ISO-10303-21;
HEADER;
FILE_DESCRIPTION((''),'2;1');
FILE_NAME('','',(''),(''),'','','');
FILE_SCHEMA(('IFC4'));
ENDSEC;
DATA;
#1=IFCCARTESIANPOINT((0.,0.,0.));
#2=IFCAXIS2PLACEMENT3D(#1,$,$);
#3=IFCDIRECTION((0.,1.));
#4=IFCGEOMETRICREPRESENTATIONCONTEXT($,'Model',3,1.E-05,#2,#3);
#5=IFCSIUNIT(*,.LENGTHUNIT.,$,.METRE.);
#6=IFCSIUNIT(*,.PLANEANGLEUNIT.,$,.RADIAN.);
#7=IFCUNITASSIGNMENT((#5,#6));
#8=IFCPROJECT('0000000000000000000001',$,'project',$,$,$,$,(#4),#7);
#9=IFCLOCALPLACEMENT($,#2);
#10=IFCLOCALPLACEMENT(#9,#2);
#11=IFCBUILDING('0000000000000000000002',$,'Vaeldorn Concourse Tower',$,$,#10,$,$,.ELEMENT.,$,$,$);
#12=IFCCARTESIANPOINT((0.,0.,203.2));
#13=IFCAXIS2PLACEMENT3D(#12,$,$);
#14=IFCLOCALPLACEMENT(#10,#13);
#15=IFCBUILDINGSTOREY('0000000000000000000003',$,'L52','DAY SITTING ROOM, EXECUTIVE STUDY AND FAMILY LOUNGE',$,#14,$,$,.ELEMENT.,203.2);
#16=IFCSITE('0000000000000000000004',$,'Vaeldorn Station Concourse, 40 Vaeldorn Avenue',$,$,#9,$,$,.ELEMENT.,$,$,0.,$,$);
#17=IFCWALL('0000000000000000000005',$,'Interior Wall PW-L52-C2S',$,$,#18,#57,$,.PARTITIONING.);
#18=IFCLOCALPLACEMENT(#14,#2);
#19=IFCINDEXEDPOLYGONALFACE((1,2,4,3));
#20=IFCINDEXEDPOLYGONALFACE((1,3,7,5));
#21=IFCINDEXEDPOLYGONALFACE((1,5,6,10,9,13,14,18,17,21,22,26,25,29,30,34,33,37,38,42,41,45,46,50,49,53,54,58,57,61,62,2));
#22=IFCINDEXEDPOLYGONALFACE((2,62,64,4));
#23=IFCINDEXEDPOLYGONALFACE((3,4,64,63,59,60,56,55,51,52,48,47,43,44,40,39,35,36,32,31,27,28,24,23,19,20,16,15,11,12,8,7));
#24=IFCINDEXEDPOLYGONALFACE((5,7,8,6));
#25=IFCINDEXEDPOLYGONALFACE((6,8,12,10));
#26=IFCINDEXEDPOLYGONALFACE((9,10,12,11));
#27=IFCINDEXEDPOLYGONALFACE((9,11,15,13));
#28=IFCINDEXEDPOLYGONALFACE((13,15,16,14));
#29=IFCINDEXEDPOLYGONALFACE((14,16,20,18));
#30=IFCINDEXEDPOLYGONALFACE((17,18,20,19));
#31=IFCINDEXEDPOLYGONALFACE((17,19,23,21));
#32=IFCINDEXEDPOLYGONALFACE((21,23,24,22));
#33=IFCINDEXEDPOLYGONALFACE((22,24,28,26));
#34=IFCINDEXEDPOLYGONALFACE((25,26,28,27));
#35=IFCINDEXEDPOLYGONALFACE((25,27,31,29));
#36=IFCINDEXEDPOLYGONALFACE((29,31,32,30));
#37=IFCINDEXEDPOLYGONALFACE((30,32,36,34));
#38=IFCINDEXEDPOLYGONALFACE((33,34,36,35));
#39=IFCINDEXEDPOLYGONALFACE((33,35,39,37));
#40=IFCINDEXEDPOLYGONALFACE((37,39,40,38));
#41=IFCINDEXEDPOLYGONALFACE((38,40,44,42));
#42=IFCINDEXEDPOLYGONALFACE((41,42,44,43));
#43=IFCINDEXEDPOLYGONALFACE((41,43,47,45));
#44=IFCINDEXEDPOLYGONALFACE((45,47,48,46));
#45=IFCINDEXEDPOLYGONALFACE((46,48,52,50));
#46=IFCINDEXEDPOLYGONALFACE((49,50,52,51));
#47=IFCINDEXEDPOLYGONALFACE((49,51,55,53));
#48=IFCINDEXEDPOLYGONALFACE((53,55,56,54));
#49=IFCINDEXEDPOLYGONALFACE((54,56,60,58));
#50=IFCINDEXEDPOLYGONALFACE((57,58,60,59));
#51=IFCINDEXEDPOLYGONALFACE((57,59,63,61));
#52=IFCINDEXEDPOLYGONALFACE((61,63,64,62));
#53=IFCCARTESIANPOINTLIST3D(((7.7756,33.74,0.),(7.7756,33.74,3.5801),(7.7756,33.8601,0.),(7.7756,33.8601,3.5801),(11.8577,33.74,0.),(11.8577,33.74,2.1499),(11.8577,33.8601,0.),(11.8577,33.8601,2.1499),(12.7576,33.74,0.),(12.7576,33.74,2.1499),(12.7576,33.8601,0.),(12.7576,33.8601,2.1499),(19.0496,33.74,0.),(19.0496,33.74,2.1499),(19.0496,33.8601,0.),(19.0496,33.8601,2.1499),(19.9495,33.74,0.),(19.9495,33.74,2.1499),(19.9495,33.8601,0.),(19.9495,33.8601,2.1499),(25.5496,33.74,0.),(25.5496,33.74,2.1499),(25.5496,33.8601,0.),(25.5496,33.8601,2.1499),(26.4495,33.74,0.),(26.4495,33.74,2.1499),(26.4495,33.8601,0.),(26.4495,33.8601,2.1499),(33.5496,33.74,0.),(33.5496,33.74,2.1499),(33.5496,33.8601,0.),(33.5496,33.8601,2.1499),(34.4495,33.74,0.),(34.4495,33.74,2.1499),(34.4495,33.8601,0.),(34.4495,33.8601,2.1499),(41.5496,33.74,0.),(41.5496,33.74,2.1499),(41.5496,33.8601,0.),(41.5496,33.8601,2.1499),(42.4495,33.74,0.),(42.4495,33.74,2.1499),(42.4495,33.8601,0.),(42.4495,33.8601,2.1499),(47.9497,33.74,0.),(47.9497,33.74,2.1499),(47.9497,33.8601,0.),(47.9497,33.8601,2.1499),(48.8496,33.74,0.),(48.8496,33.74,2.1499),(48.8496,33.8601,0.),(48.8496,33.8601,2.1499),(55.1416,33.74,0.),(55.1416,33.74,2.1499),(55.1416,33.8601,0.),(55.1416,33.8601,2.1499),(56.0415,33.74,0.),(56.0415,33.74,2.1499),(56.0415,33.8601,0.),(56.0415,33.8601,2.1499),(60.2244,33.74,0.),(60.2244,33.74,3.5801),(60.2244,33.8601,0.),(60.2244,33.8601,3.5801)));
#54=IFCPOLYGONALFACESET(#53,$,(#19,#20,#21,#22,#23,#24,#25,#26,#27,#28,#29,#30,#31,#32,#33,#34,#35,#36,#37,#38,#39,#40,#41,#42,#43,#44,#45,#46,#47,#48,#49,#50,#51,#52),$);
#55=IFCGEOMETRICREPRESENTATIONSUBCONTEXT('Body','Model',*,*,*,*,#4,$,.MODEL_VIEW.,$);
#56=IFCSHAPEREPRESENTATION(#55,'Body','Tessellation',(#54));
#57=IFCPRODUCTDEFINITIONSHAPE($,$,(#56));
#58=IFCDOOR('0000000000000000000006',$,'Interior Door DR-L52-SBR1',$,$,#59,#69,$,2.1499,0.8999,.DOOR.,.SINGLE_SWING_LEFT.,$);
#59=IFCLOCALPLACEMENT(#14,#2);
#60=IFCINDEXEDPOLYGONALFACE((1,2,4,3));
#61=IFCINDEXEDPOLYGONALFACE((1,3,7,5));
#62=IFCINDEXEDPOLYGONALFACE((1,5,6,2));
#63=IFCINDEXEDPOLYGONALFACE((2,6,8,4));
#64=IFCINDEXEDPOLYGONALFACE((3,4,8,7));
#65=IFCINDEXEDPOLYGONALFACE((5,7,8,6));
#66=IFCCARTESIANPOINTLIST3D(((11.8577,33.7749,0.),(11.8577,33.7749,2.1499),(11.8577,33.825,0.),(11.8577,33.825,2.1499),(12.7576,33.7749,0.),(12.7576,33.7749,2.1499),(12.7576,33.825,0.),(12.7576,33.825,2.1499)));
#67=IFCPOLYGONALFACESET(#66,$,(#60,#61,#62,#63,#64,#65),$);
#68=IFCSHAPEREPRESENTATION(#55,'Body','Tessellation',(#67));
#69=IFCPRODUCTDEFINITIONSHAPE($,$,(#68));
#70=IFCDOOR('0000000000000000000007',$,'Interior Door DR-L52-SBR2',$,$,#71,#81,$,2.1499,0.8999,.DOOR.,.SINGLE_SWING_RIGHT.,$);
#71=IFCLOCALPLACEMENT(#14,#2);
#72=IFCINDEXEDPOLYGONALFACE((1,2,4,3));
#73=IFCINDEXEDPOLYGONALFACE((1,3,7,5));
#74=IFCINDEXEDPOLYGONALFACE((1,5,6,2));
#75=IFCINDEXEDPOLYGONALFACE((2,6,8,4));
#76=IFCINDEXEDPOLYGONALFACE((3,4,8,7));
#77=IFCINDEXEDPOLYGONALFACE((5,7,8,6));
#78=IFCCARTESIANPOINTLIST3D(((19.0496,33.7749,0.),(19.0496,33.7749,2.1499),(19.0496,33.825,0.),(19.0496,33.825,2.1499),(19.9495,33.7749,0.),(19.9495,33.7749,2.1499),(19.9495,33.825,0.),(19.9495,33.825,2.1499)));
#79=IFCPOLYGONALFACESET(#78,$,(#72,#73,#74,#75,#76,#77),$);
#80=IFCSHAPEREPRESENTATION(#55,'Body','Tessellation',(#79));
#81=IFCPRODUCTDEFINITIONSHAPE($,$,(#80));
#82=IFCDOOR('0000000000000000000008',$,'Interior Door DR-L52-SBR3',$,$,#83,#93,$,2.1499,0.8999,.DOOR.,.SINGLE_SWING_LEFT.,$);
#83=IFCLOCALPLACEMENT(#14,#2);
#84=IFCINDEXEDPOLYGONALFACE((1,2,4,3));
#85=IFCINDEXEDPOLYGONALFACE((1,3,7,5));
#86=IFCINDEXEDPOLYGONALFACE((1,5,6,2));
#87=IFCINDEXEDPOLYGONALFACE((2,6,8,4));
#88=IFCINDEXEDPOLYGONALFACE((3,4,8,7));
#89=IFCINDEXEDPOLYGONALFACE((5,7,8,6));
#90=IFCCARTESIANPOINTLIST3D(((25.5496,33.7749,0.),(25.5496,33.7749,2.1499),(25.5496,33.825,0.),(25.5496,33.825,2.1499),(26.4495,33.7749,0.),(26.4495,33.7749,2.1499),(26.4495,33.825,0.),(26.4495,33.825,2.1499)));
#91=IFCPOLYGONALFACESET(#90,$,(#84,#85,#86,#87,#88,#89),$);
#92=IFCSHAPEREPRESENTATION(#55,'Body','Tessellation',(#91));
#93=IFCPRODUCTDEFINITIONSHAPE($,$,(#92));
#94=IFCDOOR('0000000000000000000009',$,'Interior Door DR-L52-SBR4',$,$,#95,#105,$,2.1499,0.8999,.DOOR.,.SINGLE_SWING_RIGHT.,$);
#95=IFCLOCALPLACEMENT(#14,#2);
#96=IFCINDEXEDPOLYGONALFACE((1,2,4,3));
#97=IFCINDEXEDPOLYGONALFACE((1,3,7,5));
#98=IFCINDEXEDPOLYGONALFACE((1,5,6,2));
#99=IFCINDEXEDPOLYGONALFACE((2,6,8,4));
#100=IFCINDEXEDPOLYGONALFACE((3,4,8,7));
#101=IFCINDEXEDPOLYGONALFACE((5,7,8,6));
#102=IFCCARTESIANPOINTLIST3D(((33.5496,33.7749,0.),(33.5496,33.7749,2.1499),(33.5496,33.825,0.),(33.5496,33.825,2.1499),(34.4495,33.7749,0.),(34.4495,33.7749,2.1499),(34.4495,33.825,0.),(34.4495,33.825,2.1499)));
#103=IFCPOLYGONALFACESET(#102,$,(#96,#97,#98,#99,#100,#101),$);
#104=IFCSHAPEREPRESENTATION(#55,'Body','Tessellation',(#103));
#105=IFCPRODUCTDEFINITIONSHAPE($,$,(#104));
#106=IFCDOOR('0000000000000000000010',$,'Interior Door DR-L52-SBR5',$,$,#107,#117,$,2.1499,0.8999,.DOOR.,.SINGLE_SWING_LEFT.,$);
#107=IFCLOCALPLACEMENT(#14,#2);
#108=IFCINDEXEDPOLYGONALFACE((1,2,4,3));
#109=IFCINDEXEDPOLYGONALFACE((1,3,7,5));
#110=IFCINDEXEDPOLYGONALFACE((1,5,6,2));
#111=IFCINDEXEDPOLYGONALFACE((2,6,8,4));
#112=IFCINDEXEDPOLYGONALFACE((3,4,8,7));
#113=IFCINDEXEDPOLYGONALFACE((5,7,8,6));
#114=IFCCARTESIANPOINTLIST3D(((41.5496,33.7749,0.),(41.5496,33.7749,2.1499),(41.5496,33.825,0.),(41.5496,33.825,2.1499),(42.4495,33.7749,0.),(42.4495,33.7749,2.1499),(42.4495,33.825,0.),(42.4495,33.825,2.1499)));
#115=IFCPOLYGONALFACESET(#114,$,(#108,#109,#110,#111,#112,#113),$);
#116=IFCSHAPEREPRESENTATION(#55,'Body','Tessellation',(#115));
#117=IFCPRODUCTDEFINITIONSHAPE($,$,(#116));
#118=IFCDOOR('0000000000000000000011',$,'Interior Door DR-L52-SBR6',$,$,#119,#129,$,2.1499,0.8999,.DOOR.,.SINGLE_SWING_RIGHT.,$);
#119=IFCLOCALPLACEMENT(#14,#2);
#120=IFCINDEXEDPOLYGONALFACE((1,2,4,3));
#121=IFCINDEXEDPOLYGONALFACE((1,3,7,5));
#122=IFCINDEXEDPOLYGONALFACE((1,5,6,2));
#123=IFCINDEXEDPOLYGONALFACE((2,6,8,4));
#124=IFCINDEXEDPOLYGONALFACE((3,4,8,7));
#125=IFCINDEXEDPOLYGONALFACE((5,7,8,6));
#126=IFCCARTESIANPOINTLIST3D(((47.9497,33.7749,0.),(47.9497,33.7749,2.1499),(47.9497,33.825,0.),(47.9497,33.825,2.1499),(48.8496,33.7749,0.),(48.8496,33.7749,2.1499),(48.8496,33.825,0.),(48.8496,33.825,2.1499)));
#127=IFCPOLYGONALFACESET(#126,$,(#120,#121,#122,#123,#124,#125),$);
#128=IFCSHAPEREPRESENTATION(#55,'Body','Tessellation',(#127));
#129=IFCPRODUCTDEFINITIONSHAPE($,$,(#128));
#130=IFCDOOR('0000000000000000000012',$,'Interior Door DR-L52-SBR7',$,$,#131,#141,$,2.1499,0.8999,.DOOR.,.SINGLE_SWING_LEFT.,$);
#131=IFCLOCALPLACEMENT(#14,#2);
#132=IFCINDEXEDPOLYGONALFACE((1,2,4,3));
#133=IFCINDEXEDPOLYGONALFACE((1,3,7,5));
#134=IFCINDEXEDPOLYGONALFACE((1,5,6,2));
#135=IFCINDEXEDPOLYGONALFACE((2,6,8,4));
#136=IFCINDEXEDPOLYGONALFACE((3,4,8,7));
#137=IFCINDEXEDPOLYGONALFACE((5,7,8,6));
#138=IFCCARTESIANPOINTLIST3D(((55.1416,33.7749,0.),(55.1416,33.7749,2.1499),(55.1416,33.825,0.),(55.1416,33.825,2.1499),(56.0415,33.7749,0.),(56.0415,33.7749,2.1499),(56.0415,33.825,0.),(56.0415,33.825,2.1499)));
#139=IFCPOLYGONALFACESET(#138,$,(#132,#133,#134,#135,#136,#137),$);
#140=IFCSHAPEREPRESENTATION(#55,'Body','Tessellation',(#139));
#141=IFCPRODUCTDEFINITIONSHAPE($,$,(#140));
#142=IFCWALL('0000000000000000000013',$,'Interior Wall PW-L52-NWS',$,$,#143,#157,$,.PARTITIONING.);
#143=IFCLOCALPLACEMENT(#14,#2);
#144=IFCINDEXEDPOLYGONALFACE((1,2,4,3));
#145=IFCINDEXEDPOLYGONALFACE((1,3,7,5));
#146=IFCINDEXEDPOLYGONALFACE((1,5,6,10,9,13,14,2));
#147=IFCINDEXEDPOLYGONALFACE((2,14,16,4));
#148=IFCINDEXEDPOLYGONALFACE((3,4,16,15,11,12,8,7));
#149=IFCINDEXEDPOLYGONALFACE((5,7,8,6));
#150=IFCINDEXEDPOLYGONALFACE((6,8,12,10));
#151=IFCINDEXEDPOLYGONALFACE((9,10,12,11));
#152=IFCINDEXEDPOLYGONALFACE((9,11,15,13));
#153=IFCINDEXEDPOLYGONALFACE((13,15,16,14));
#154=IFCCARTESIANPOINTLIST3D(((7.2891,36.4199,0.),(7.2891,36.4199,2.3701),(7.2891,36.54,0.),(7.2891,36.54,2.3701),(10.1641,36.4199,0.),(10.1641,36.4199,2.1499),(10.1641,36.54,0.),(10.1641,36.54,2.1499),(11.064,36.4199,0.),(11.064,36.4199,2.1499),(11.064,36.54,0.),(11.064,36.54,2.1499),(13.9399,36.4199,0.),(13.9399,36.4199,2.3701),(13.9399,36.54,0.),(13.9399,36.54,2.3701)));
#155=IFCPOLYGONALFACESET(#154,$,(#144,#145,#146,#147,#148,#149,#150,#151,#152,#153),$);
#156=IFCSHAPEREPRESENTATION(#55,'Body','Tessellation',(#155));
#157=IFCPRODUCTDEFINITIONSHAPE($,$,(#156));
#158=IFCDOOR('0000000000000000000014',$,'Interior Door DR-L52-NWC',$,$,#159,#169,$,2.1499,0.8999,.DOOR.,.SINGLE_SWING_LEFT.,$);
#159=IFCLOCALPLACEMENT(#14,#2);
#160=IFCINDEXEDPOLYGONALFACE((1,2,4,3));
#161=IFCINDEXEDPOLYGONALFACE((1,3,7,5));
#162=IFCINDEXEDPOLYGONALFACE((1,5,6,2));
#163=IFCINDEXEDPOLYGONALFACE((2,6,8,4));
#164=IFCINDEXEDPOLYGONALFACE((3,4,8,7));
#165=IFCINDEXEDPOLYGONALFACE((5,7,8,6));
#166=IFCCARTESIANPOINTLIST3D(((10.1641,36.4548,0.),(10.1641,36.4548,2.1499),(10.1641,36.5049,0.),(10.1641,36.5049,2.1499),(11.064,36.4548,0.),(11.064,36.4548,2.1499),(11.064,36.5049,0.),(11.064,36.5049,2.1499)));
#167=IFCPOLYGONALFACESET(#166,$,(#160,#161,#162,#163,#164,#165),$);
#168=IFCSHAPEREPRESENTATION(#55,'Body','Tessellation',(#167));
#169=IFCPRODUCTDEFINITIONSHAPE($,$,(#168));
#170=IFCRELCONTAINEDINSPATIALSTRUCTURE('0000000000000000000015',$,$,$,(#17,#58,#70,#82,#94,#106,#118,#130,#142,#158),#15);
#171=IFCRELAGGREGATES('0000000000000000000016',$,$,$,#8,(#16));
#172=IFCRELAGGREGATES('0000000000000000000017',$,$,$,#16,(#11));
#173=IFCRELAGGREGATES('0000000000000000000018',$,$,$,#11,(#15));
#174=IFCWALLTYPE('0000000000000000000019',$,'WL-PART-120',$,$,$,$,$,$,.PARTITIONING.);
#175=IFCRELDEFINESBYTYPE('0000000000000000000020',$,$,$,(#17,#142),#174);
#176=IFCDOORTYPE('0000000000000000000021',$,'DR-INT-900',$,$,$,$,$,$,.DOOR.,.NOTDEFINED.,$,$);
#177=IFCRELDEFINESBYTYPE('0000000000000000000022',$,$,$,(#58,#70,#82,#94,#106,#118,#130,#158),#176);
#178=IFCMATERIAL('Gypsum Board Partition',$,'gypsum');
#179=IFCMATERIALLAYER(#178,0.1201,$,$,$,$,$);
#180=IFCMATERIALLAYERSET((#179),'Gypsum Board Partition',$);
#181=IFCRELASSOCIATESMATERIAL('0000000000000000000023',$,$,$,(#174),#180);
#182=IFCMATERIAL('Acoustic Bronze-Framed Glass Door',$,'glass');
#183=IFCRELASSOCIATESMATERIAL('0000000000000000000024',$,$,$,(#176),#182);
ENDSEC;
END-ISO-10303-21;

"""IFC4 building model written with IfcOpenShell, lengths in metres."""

from ifc_helpers import new_model, si_unit, direction, frame, frame_2d, origin, place, context, subcontext, project, spatial, rectangle, extrude, source, transform, mapped, material, layer, layer_set, type_object, element, fill, save


model = new_model("IFC4")

# Units and contexts
model_context = context("Model", 3, precision=1e-05, world=origin(), true_north=direction((0.0, 1.0)))
body_context = subcontext(model_context, "Body", "Model", "MODEL_VIEW")
ifc_project = project(units=[si_unit("LENGTHUNIT", "METRE"), si_unit("PLANEANGLEUNIT", "RADIAN")], contexts=[model_context])

# Site, building, storey
site_placement = place(None, origin())
site = spatial("IfcSite", under=ifc_project, at=site_placement, Name="Vaeldorn Station Concourse, 40 Vaeldorn Avenue", CompositionType="ELEMENT", RefElevation=0.0)
building_placement = place(site_placement, origin())
building = spatial("IfcBuilding", under=site, at=building_placement, Name="Vaeldorn Concourse Tower", CompositionType="ELEMENT")
storey_placement = place(building_placement, frame((0.0, 0.0, 203.2)))
storey = spatial("IfcBuildingStorey", under=building, at=storey_placement, Name="L52", Description="DAY SITTING ROOM, EXECUTIVE STUDY AND FAMILY LOUNGE", CompositionType="ELEMENT", Elevation=203.2)

# Wall, openings, doors
ifc_material_1 = material(Name="Gypsum Board Partition", Category="gypsum")
ifc_layer_1 = layer(ifc_material_1, 0.1201)
ifc_layer_set_1 = layer_set([ifc_layer_1], Name="Gypsum Board Partition")
wall_type_1 = type_object("IfcWallType", Name="WL-PART-120", PredefinedType="PARTITIONING", material=ifc_layer_set_1)
wall_1_placement = place(storey_placement, frame((7.7756, 33.8, 0.0), z_axis=(0.0, 0.0, 1.0), x_axis=(1.0, 0.0, 0.0)))
wall_1 = element("IfcWall", 1, at=wall_1_placement, inside=storey, type_object=wall_type_1, Name="Interior Wall PW-L52-C2S", PredefinedType="PARTITIONING", context=body_context, shape_type="SweptSolid", body=[
    extrude(rectangle(XDim=52.4487, YDim=0.1201, at=frame_2d((26.2244, 0.0))), origin(), (0.0, 0.0, 1.0), 3.5801),
])
opening_1_placement = place(wall_1_placement, frame((4.082, 0.0, 0.0)))
opening_1 = element("IfcOpeningElement", 2, at=opening_1_placement, cuts=wall_1, PredefinedType="OPENING", context=body_context, shape_type="SweptSolid", body=[
    extrude(rectangle(XDim=0.8999, YDim=2.1499, at=frame_2d((0.45, 1.075))), frame((0.0, 0.0701, 0.0), z_axis=(0.0, -1.0, 0.0), x_axis=(1.0, 0.0, 0.0)), (0.0, 0.0, 1.0), 0.1401),
])
opening_2_placement = place(wall_1_placement, frame((11.2739, 0.0, 0.0)))
opening_2 = element("IfcOpeningElement", 3, at=opening_2_placement, cuts=wall_1, PredefinedType="OPENING", context=body_context, shape_type="SweptSolid", body=[
    extrude(rectangle(XDim=0.8999, YDim=2.1499, at=frame_2d((0.45, 1.075))), frame((0.0, 0.0701, 0.0), z_axis=(0.0, -1.0, 0.0), x_axis=(1.0, 0.0, 0.0)), (0.0, 0.0, 1.0), 0.1401),
])
opening_3_placement = place(wall_1_placement, frame((17.7739, 0.0, 0.0)))
opening_3 = element("IfcOpeningElement", 4, at=opening_3_placement, cuts=wall_1, PredefinedType="OPENING", context=body_context, shape_type="SweptSolid", body=[
    extrude(rectangle(XDim=0.8999, YDim=2.1499, at=frame_2d((0.45, 1.075))), frame((0.0, 0.0701, 0.0), z_axis=(0.0, -1.0, 0.0), x_axis=(1.0, 0.0, 0.0)), (0.0, 0.0, 1.0), 0.1401),
])
opening_4_placement = place(wall_1_placement, frame((25.7739, 0.0, 0.0)))
opening_4 = element("IfcOpeningElement", 5, at=opening_4_placement, cuts=wall_1, PredefinedType="OPENING", context=body_context, shape_type="SweptSolid", body=[
    extrude(rectangle(XDim=0.8999, YDim=2.1499, at=frame_2d((0.45, 1.075))), frame((0.0, 0.0701, 0.0), z_axis=(0.0, -1.0, 0.0), x_axis=(1.0, 0.0, 0.0)), (0.0, 0.0, 1.0), 0.1401),
])
opening_5_placement = place(wall_1_placement, frame((33.7739, 0.0, 0.0)))
opening_5 = element("IfcOpeningElement", 6, at=opening_5_placement, cuts=wall_1, PredefinedType="OPENING", context=body_context, shape_type="SweptSolid", body=[
    extrude(rectangle(XDim=0.8999, YDim=2.1499, at=frame_2d((0.45, 1.075))), frame((0.0, 0.0701, 0.0), z_axis=(0.0, -1.0, 0.0), x_axis=(1.0, 0.0, 0.0)), (0.0, 0.0, 1.0), 0.1401),
])
opening_6_placement = place(wall_1_placement, frame((40.1741, 0.0, 0.0)))
opening_6 = element("IfcOpeningElement", 7, at=opening_6_placement, cuts=wall_1, PredefinedType="OPENING", context=body_context, shape_type="SweptSolid", body=[
    extrude(rectangle(XDim=0.8999, YDim=2.1499, at=frame_2d((0.45, 1.075))), frame((0.0, 0.0701, 0.0), z_axis=(0.0, -1.0, 0.0), x_axis=(1.0, 0.0, 0.0)), (0.0, 0.0, 1.0), 0.1401),
])
opening_7_placement = place(wall_1_placement, frame((47.366, 0.0, 0.0)))
opening_7 = element("IfcOpeningElement", 8, at=opening_7_placement, cuts=wall_1, PredefinedType="OPENING", context=body_context, shape_type="SweptSolid", body=[
    extrude(rectangle(XDim=0.8999, YDim=2.1499, at=frame_2d((0.45, 1.075))), frame((0.0, 0.0701, 0.0), z_axis=(0.0, -1.0, 0.0), x_axis=(1.0, 0.0, 0.0)), (0.0, 0.0, 1.0), 0.1401),
])
ifc_material_2 = material(Name="Acoustic Bronze-Framed Glass Door", Category="glass")
door_type = type_object("IfcDoorType", Name="DR-INT-900", OperationType="NOTDEFINED", PredefinedType="DOOR", material=ifc_material_2)
shared_shape_1 = source(origin(), body_context, "Body", "SweptSolid", [
    extrude(rectangle(XDim=0.8999, YDim=2.1499, at=frame_2d((0.45, 1.075))), frame((0.0, 0.0249, 0.0), z_axis=(0.0, -1.0, 0.0), x_axis=(1.0, 0.0, 0.0)), (0.0, 0.0, 1.0), 0.05),
])
door_1_placement = place(opening_1_placement, origin())
door_1 = element("IfcDoor", 9, at=door_1_placement, inside=storey, type_object=door_type, Name="Interior Door DR-L52-SBR1", OperationType="SINGLE_SWING_LEFT", OverallHeight=2.1499, OverallWidth=0.8999, PredefinedType="DOOR", context=body_context, shape_type="MappedRepresentation", body=[
    mapped(shared_shape_1, transform((0.0, 0.0, 0.0), scale=1.0)),
])
fill(opening_1, door_1)
door_2_placement = place(opening_2_placement, origin())
door_2 = element("IfcDoor", 10, at=door_2_placement, inside=storey, type_object=door_type, Name="Interior Door DR-L52-SBR2", OperationType="SINGLE_SWING_RIGHT", OverallHeight=2.1499, OverallWidth=0.8999, PredefinedType="DOOR", context=body_context, shape_type="MappedRepresentation", body=[
    mapped(shared_shape_1, transform((0.0, 0.0, 0.0), scale=1.0)),
])
fill(opening_2, door_2)
door_3_placement = place(opening_3_placement, origin())
door_3 = element("IfcDoor", 11, at=door_3_placement, inside=storey, type_object=door_type, Name="Interior Door DR-L52-SBR3", OperationType="SINGLE_SWING_LEFT", OverallHeight=2.1499, OverallWidth=0.8999, PredefinedType="DOOR", context=body_context, shape_type="MappedRepresentation", body=[
    mapped(shared_shape_1, transform((0.0, 0.0, 0.0), scale=1.0)),
])
fill(opening_3, door_3)
door_4_placement = place(opening_4_placement, origin())
door_4 = element("IfcDoor", 12, at=door_4_placement, inside=storey, type_object=door_type, Name="Interior Door DR-L52-SBR4", OperationType="SINGLE_SWING_RIGHT", OverallHeight=2.1499, OverallWidth=0.8999, PredefinedType="DOOR", context=body_context, shape_type="MappedRepresentation", body=[
    mapped(shared_shape_1, transform((0.0, 0.0, 0.0), scale=1.0)),
])
fill(opening_4, door_4)
door_5_placement = place(opening_5_placement, origin())
door_5 = element("IfcDoor", 13, at=door_5_placement, inside=storey, type_object=door_type, Name="Interior Door DR-L52-SBR5", OperationType="SINGLE_SWING_LEFT", OverallHeight=2.1499, OverallWidth=0.8999, PredefinedType="DOOR", context=body_context, shape_type="MappedRepresentation", body=[
    mapped(shared_shape_1, transform((0.0, 0.0, 0.0), scale=1.0)),
])
fill(opening_5, door_5)
door_6_placement = place(opening_6_placement, origin())
door_6 = element("IfcDoor", 14, at=door_6_placement, inside=storey, type_object=door_type, Name="Interior Door DR-L52-SBR6", OperationType="SINGLE_SWING_RIGHT", OverallHeight=2.1499, OverallWidth=0.8999, PredefinedType="DOOR", context=body_context, shape_type="MappedRepresentation", body=[
    mapped(shared_shape_1, transform((0.0, 0.0, 0.0), scale=1.0)),
])
fill(opening_6, door_6)
door_7_placement = place(opening_7_placement, origin())
door_7 = element("IfcDoor", 15, at=door_7_placement, inside=storey, type_object=door_type, Name="Interior Door DR-L52-SBR7", OperationType="SINGLE_SWING_LEFT", OverallHeight=2.1499, OverallWidth=0.8999, PredefinedType="DOOR", context=body_context, shape_type="MappedRepresentation", body=[
    mapped(shared_shape_1, transform((0.0, 0.0, 0.0), scale=1.0)),
])
fill(opening_7, door_7)

# Wall, opening, door
wall_2_placement = place(storey_placement, frame((7.2891, 36.48, 0.0), z_axis=(0.0, 0.0, 1.0), x_axis=(1.0, 0.0, 0.0)))
wall_2 = element("IfcWall", 16, at=wall_2_placement, inside=storey, type_object=wall_type_1, Name="Interior Wall PW-L52-NWS", PredefinedType="PARTITIONING", context=body_context, shape_type="SweptSolid", body=[
    extrude(rectangle(XDim=6.6509, YDim=0.1201, at=frame_2d((3.3254, 0.0))), origin(), (0.0, 0.0, 1.0), 2.3701),
])
opening_8_placement = place(wall_2_placement, frame((2.875, 0.0, 0.0)))
opening_8 = element("IfcOpeningElement", 17, at=opening_8_placement, cuts=wall_2, PredefinedType="OPENING", context=body_context, shape_type="SweptSolid", body=[
    extrude(rectangle(XDim=0.8999, YDim=2.1499, at=frame_2d((0.45, 1.075))), frame((0.0, 0.0701, 0.0), z_axis=(0.0, -1.0, 0.0), x_axis=(1.0, 0.0, 0.0)), (0.0, 0.0, 1.0), 0.1401),
])
door_8_placement = place(opening_8_placement, origin())
door_8 = element("IfcDoor", 18, at=door_8_placement, inside=storey, type_object=door_type, Name="Interior Door DR-L52-NWC", OperationType="SINGLE_SWING_LEFT", OverallHeight=2.1499, OverallWidth=0.8999, PredefinedType="DOOR", context=body_context, shape_type="MappedRepresentation", body=[
    mapped(shared_shape_1, transform((0.0, 0.0, 0.0), scale=1.0)),
])
fill(opening_8, door_8)

save(model, "model.ifc")
